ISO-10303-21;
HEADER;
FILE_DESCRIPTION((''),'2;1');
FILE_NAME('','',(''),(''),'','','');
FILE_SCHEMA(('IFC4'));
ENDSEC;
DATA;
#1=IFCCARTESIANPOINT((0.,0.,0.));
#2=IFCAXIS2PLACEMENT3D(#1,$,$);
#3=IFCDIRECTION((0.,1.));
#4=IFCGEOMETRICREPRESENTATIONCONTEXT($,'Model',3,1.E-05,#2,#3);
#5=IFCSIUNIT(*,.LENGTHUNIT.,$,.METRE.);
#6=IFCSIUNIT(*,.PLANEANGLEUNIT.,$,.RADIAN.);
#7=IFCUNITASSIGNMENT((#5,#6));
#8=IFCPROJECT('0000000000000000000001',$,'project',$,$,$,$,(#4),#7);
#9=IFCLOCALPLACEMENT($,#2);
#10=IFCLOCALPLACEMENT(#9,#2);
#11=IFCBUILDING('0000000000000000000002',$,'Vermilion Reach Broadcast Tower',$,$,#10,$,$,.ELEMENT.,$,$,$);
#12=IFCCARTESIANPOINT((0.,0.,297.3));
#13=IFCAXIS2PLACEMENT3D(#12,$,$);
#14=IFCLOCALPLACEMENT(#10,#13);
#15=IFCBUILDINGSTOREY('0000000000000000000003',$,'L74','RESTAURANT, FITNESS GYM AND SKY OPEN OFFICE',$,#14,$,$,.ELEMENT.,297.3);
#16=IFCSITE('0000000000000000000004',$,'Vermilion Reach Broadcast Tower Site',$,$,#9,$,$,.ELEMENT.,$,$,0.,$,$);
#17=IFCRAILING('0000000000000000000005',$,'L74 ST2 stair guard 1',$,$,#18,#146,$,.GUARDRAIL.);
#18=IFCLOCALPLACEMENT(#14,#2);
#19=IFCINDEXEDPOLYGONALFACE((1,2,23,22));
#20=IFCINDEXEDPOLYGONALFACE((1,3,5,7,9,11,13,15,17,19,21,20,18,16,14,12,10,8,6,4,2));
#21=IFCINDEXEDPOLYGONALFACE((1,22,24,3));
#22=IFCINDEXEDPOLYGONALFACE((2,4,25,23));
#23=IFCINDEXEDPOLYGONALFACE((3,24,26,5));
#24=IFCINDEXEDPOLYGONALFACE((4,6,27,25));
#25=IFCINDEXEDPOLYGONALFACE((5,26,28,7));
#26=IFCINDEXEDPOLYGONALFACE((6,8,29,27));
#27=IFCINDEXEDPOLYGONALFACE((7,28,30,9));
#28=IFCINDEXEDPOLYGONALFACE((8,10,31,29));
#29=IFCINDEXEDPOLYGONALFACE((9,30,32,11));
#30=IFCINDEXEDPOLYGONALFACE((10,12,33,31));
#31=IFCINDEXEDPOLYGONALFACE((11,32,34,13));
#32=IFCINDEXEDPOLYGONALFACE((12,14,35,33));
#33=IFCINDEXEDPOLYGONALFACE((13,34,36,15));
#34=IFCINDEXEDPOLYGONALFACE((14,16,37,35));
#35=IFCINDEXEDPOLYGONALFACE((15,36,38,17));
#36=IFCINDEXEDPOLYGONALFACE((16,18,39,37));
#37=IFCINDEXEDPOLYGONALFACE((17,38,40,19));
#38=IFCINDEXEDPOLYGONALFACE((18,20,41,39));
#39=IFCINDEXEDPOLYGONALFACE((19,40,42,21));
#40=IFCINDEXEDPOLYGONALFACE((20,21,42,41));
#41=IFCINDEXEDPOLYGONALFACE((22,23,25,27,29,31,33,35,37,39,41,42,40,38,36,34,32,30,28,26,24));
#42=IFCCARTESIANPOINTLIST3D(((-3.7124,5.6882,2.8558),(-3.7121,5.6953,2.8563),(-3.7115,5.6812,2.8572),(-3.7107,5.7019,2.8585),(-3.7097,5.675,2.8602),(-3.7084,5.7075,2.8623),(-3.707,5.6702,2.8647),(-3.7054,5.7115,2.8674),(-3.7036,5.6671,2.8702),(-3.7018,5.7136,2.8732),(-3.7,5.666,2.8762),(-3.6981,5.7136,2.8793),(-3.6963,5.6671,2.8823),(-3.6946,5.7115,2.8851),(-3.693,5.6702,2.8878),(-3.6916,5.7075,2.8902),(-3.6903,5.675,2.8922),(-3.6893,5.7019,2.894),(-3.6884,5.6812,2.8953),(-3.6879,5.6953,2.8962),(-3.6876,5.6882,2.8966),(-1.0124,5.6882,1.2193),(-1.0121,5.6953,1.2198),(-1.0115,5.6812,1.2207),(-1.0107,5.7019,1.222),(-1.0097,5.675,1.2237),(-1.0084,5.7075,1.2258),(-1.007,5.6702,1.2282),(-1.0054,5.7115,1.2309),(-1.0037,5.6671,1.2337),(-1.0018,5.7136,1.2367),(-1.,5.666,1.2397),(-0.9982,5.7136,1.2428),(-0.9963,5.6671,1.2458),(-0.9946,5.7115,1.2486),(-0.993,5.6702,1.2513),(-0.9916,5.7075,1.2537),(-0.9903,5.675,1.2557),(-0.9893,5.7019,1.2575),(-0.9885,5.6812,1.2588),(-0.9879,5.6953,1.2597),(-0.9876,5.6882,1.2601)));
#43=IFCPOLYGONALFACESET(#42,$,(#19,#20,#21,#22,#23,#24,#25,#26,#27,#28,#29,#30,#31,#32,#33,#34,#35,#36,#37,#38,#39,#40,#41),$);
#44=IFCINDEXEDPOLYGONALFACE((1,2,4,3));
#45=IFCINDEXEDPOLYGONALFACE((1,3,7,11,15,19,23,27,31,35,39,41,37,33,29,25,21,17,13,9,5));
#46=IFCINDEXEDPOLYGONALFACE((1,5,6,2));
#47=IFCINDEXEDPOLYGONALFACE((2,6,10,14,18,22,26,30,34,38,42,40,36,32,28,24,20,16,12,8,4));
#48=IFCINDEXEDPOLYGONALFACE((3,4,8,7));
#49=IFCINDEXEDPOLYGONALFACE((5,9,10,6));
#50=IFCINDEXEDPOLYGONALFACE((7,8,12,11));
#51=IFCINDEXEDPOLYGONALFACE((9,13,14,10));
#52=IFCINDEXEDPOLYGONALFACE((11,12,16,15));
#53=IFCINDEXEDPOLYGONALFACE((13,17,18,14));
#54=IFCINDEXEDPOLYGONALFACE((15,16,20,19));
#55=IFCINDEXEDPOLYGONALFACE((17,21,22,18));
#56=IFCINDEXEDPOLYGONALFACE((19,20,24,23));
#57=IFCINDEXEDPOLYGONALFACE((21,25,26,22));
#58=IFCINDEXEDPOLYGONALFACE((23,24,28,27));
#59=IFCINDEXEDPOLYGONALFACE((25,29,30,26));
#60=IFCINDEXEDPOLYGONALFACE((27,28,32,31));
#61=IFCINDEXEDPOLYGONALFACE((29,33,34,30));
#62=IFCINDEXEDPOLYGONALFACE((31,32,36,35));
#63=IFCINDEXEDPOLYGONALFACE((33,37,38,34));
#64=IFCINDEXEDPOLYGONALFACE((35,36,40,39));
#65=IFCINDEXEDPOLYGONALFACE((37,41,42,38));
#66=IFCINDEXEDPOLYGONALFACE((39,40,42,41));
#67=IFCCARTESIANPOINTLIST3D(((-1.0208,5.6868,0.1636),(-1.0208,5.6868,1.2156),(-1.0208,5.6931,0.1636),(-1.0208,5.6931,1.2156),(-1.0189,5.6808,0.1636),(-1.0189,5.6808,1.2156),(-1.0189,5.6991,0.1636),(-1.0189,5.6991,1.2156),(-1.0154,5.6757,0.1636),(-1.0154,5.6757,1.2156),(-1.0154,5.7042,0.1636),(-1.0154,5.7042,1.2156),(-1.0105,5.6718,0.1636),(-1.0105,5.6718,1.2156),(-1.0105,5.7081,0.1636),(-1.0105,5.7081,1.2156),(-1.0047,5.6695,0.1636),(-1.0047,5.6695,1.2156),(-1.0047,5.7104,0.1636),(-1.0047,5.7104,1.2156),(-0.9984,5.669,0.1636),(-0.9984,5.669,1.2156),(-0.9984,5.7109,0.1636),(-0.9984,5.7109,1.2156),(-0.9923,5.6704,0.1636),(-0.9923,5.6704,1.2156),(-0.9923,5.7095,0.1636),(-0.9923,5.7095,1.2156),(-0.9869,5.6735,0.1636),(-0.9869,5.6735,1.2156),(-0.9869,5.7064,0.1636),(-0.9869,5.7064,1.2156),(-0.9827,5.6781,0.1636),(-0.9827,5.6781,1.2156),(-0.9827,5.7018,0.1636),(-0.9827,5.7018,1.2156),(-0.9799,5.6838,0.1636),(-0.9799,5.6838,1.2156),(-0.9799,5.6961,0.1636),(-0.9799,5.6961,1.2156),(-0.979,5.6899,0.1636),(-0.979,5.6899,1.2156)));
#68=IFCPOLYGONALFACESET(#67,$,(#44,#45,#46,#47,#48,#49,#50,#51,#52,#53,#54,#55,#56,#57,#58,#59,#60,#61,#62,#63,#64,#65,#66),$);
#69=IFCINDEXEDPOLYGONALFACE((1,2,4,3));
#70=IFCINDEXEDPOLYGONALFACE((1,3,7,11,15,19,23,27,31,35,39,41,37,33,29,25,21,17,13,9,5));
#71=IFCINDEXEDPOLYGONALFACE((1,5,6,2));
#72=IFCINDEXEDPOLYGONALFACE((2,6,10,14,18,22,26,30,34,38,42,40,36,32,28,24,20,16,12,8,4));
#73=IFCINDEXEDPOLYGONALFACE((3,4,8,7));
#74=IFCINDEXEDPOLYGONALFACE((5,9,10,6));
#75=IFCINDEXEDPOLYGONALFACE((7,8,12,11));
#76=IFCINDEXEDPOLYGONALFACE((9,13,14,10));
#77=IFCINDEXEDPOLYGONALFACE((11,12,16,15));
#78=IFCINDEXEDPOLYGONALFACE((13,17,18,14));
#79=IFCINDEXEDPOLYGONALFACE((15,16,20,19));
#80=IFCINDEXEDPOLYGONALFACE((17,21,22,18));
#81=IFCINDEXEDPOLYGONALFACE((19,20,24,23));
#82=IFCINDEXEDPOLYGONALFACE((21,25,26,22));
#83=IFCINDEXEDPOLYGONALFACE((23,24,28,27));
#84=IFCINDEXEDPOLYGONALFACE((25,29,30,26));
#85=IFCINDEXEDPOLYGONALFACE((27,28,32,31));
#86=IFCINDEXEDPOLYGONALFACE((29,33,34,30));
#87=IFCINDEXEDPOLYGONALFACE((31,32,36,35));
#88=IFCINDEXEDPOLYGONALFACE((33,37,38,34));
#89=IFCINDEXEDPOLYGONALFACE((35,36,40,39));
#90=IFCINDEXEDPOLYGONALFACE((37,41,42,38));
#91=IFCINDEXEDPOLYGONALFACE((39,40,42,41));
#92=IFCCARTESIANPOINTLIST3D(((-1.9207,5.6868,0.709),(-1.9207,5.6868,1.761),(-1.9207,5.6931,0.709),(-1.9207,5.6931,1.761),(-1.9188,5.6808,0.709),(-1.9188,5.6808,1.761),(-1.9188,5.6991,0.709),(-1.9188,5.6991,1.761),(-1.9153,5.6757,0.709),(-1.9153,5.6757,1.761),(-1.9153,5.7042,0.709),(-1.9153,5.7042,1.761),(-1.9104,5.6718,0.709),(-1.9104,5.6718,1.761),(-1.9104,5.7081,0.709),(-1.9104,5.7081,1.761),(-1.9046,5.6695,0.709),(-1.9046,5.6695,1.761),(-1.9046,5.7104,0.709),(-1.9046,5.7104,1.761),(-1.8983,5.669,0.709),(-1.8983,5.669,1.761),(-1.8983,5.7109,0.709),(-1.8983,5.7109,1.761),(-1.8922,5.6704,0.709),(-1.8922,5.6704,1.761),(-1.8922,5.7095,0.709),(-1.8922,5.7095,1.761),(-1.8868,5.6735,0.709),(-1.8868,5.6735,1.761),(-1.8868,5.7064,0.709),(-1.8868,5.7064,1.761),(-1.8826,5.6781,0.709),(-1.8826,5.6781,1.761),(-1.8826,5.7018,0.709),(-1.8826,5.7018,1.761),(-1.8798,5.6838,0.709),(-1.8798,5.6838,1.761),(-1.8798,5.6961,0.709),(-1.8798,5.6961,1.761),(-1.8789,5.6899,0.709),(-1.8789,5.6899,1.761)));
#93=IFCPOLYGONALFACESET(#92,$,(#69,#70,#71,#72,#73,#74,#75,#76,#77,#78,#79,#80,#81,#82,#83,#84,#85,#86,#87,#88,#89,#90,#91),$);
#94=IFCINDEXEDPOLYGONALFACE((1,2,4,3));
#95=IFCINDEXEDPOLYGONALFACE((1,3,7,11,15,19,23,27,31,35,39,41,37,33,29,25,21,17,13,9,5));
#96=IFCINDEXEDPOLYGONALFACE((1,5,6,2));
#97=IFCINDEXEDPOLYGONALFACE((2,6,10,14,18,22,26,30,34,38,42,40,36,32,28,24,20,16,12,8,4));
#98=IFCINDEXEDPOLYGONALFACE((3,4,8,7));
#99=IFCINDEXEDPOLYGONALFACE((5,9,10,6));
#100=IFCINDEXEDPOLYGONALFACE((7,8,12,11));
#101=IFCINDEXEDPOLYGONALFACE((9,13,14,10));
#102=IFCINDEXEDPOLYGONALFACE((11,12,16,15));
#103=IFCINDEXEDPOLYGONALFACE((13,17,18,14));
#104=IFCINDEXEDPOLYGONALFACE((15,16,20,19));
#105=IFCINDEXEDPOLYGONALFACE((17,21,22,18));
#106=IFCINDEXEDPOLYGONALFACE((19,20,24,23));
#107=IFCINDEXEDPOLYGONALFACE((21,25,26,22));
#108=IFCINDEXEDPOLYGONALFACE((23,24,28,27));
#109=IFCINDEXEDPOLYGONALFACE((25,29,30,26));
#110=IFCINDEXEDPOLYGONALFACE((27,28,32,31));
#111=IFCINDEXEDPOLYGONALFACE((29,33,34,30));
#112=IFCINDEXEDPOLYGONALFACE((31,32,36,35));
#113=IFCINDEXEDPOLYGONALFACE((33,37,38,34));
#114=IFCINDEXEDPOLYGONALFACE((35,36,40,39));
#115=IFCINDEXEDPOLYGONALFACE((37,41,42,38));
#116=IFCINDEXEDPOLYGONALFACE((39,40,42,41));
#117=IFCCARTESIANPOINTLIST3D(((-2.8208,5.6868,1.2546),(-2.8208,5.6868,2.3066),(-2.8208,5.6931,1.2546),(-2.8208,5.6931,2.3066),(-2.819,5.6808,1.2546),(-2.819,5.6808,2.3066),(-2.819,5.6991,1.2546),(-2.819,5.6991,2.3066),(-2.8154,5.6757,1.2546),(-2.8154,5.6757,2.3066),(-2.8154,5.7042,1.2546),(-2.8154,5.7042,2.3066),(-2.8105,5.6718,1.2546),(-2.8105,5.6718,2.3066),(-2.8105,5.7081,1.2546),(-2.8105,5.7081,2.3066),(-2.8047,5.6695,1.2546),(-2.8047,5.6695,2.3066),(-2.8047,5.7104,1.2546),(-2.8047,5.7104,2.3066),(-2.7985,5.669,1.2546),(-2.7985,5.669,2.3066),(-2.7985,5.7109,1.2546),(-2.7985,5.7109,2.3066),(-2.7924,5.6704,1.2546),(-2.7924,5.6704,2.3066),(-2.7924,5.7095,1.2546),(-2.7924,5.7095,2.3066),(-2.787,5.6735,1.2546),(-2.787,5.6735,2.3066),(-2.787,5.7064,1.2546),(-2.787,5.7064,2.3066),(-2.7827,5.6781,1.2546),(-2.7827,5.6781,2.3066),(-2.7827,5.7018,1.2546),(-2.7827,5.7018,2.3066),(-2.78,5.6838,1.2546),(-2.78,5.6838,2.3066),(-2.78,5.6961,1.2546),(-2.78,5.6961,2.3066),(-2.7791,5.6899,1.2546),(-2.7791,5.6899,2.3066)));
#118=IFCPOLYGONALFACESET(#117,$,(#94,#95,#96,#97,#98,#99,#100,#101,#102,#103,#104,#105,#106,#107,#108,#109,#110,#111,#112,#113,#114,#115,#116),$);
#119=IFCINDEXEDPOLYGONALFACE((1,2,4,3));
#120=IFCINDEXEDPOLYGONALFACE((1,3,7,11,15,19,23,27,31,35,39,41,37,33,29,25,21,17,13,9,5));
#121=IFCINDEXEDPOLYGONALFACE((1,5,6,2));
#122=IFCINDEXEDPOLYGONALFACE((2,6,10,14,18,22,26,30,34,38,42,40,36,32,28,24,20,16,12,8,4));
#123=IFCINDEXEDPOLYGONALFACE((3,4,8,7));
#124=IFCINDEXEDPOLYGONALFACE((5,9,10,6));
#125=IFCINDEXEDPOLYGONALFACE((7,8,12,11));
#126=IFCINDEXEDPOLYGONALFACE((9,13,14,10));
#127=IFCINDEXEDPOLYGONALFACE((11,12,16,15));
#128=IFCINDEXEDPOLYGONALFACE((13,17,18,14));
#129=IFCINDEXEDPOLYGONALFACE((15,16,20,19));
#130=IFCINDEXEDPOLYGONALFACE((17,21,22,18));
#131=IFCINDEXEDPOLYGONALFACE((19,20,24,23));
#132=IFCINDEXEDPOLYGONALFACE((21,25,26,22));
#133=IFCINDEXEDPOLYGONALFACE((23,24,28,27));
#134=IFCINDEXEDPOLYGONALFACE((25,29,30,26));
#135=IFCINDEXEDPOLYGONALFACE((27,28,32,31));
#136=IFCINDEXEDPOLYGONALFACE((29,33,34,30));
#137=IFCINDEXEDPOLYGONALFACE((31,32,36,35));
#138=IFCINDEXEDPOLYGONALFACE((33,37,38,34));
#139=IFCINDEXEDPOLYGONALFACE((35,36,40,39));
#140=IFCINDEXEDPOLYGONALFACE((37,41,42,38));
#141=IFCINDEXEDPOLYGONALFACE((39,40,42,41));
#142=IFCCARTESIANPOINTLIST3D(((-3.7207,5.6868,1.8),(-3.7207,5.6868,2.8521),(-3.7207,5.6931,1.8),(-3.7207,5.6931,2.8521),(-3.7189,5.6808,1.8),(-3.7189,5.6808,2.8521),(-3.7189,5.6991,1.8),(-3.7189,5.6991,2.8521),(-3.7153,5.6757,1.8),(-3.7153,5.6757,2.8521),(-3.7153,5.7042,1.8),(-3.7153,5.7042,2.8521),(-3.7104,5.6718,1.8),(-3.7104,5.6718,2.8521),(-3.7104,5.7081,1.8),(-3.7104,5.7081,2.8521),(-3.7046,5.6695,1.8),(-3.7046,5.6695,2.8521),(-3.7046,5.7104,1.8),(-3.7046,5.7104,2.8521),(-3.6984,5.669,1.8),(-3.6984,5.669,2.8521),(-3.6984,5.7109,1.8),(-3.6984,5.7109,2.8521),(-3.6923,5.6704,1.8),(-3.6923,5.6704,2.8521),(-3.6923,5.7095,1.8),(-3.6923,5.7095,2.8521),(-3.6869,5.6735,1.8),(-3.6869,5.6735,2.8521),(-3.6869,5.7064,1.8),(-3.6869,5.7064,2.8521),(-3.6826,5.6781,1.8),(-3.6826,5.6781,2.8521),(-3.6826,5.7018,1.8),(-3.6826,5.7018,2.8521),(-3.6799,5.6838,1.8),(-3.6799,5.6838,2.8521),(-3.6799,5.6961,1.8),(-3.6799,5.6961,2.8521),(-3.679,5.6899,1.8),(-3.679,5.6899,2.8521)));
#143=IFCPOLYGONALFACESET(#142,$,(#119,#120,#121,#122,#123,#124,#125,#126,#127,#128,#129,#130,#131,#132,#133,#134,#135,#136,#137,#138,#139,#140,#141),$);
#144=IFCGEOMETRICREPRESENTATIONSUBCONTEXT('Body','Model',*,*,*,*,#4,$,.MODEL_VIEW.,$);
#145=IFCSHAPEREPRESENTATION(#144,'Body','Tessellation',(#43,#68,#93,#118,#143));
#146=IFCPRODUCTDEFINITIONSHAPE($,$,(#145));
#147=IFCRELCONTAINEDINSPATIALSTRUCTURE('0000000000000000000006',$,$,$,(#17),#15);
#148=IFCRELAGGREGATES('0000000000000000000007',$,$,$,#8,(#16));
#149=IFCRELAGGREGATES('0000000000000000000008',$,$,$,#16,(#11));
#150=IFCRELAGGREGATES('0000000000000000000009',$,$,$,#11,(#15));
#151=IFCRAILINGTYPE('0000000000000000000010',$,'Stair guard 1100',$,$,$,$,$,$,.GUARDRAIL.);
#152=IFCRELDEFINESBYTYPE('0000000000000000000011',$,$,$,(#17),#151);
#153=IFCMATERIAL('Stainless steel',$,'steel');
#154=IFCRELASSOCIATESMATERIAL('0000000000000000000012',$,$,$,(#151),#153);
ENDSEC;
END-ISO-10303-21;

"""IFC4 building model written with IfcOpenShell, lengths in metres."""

from ifc_helpers import new_model, si_unit, direction, frame, origin, origin_2d, place, context, subcontext, project, spatial, circle, extrude, material, type_object, element, save


model = new_model("IFC4")

# Units and contexts
model_context = context("Model", 3, precision=1e-05, world=origin(), true_north=direction((0.0, 1.0)))
body_context = subcontext(model_context, "Body", "Model", "MODEL_VIEW")
ifc_project = project(units=[si_unit("LENGTHUNIT", "METRE"), si_unit("PLANEANGLEUNIT", "RADIAN")], contexts=[model_context])

# Site, building, storey
site_placement = place(None, origin())
site = spatial("IfcSite", under=ifc_project, at=site_placement, Name="Vermilion Reach Broadcast Tower Site", CompositionType="ELEMENT", RefElevation=0.0)
building_placement = place(site_placement, origin())
building = spatial("IfcBuilding", under=site, at=building_placement, Name="Vermilion Reach Broadcast Tower", CompositionType="ELEMENT")
storey_placement = place(building_placement, frame((0.0, 0.0, 297.3)))
storey = spatial("IfcBuildingStorey", under=building, at=storey_placement, Name="L74", Description="RESTAURANT, FITNESS GYM AND SKY OPEN OFFICE", CompositionType="ELEMENT", Elevation=297.3)

# Railing
ifc_material_1 = material(Name="Stainless steel", Category="steel")
railing_type_1 = type_object("IfcRailingType", Name="Stair guard 1100", PredefinedType="GUARDRAIL", material=ifc_material_1)
railing_1_placement = place(storey_placement, frame((-1.0, 5.6899, 0.1636)))
element("IfcRailing", 1, at=railing_1_placement, inside=storey, type_object=railing_type_1, Name="L74 ST2 stair guard 1", PredefinedType="GUARDRAIL", context=body_context, shape_type="SweptSolid", body=[
    extrude(circle(Radius=0.0239, at=origin_2d()), frame((0.0, 0.0, 1.0762), z_axis=(-0.855178, 0.0, 0.518334), x_axis=(0.0, -1.0, 0.0)), (0.0, 0.0, 1.0), 3.1572),
    extrude(circle(Radius=0.021, at=origin_2d()), origin(), (0.0, 0.0, 1.0), 1.052),
    extrude(circle(Radius=0.021, at=origin_2d()), frame((-0.8999, 0.0, 0.5454)), (0.0, 0.0, 1.0), 1.052),
    extrude(circle(Radius=0.021, at=origin_2d()), frame((-1.8, 0.0, 1.0911)), (0.0, 0.0, 1.0), 1.052),
    extrude(circle(Radius=0.021, at=origin_2d()), frame((-2.7, 0.0, 1.6365)), (0.0, 0.0, 1.0), 1.052),
])

save(model, "model.ifc")
